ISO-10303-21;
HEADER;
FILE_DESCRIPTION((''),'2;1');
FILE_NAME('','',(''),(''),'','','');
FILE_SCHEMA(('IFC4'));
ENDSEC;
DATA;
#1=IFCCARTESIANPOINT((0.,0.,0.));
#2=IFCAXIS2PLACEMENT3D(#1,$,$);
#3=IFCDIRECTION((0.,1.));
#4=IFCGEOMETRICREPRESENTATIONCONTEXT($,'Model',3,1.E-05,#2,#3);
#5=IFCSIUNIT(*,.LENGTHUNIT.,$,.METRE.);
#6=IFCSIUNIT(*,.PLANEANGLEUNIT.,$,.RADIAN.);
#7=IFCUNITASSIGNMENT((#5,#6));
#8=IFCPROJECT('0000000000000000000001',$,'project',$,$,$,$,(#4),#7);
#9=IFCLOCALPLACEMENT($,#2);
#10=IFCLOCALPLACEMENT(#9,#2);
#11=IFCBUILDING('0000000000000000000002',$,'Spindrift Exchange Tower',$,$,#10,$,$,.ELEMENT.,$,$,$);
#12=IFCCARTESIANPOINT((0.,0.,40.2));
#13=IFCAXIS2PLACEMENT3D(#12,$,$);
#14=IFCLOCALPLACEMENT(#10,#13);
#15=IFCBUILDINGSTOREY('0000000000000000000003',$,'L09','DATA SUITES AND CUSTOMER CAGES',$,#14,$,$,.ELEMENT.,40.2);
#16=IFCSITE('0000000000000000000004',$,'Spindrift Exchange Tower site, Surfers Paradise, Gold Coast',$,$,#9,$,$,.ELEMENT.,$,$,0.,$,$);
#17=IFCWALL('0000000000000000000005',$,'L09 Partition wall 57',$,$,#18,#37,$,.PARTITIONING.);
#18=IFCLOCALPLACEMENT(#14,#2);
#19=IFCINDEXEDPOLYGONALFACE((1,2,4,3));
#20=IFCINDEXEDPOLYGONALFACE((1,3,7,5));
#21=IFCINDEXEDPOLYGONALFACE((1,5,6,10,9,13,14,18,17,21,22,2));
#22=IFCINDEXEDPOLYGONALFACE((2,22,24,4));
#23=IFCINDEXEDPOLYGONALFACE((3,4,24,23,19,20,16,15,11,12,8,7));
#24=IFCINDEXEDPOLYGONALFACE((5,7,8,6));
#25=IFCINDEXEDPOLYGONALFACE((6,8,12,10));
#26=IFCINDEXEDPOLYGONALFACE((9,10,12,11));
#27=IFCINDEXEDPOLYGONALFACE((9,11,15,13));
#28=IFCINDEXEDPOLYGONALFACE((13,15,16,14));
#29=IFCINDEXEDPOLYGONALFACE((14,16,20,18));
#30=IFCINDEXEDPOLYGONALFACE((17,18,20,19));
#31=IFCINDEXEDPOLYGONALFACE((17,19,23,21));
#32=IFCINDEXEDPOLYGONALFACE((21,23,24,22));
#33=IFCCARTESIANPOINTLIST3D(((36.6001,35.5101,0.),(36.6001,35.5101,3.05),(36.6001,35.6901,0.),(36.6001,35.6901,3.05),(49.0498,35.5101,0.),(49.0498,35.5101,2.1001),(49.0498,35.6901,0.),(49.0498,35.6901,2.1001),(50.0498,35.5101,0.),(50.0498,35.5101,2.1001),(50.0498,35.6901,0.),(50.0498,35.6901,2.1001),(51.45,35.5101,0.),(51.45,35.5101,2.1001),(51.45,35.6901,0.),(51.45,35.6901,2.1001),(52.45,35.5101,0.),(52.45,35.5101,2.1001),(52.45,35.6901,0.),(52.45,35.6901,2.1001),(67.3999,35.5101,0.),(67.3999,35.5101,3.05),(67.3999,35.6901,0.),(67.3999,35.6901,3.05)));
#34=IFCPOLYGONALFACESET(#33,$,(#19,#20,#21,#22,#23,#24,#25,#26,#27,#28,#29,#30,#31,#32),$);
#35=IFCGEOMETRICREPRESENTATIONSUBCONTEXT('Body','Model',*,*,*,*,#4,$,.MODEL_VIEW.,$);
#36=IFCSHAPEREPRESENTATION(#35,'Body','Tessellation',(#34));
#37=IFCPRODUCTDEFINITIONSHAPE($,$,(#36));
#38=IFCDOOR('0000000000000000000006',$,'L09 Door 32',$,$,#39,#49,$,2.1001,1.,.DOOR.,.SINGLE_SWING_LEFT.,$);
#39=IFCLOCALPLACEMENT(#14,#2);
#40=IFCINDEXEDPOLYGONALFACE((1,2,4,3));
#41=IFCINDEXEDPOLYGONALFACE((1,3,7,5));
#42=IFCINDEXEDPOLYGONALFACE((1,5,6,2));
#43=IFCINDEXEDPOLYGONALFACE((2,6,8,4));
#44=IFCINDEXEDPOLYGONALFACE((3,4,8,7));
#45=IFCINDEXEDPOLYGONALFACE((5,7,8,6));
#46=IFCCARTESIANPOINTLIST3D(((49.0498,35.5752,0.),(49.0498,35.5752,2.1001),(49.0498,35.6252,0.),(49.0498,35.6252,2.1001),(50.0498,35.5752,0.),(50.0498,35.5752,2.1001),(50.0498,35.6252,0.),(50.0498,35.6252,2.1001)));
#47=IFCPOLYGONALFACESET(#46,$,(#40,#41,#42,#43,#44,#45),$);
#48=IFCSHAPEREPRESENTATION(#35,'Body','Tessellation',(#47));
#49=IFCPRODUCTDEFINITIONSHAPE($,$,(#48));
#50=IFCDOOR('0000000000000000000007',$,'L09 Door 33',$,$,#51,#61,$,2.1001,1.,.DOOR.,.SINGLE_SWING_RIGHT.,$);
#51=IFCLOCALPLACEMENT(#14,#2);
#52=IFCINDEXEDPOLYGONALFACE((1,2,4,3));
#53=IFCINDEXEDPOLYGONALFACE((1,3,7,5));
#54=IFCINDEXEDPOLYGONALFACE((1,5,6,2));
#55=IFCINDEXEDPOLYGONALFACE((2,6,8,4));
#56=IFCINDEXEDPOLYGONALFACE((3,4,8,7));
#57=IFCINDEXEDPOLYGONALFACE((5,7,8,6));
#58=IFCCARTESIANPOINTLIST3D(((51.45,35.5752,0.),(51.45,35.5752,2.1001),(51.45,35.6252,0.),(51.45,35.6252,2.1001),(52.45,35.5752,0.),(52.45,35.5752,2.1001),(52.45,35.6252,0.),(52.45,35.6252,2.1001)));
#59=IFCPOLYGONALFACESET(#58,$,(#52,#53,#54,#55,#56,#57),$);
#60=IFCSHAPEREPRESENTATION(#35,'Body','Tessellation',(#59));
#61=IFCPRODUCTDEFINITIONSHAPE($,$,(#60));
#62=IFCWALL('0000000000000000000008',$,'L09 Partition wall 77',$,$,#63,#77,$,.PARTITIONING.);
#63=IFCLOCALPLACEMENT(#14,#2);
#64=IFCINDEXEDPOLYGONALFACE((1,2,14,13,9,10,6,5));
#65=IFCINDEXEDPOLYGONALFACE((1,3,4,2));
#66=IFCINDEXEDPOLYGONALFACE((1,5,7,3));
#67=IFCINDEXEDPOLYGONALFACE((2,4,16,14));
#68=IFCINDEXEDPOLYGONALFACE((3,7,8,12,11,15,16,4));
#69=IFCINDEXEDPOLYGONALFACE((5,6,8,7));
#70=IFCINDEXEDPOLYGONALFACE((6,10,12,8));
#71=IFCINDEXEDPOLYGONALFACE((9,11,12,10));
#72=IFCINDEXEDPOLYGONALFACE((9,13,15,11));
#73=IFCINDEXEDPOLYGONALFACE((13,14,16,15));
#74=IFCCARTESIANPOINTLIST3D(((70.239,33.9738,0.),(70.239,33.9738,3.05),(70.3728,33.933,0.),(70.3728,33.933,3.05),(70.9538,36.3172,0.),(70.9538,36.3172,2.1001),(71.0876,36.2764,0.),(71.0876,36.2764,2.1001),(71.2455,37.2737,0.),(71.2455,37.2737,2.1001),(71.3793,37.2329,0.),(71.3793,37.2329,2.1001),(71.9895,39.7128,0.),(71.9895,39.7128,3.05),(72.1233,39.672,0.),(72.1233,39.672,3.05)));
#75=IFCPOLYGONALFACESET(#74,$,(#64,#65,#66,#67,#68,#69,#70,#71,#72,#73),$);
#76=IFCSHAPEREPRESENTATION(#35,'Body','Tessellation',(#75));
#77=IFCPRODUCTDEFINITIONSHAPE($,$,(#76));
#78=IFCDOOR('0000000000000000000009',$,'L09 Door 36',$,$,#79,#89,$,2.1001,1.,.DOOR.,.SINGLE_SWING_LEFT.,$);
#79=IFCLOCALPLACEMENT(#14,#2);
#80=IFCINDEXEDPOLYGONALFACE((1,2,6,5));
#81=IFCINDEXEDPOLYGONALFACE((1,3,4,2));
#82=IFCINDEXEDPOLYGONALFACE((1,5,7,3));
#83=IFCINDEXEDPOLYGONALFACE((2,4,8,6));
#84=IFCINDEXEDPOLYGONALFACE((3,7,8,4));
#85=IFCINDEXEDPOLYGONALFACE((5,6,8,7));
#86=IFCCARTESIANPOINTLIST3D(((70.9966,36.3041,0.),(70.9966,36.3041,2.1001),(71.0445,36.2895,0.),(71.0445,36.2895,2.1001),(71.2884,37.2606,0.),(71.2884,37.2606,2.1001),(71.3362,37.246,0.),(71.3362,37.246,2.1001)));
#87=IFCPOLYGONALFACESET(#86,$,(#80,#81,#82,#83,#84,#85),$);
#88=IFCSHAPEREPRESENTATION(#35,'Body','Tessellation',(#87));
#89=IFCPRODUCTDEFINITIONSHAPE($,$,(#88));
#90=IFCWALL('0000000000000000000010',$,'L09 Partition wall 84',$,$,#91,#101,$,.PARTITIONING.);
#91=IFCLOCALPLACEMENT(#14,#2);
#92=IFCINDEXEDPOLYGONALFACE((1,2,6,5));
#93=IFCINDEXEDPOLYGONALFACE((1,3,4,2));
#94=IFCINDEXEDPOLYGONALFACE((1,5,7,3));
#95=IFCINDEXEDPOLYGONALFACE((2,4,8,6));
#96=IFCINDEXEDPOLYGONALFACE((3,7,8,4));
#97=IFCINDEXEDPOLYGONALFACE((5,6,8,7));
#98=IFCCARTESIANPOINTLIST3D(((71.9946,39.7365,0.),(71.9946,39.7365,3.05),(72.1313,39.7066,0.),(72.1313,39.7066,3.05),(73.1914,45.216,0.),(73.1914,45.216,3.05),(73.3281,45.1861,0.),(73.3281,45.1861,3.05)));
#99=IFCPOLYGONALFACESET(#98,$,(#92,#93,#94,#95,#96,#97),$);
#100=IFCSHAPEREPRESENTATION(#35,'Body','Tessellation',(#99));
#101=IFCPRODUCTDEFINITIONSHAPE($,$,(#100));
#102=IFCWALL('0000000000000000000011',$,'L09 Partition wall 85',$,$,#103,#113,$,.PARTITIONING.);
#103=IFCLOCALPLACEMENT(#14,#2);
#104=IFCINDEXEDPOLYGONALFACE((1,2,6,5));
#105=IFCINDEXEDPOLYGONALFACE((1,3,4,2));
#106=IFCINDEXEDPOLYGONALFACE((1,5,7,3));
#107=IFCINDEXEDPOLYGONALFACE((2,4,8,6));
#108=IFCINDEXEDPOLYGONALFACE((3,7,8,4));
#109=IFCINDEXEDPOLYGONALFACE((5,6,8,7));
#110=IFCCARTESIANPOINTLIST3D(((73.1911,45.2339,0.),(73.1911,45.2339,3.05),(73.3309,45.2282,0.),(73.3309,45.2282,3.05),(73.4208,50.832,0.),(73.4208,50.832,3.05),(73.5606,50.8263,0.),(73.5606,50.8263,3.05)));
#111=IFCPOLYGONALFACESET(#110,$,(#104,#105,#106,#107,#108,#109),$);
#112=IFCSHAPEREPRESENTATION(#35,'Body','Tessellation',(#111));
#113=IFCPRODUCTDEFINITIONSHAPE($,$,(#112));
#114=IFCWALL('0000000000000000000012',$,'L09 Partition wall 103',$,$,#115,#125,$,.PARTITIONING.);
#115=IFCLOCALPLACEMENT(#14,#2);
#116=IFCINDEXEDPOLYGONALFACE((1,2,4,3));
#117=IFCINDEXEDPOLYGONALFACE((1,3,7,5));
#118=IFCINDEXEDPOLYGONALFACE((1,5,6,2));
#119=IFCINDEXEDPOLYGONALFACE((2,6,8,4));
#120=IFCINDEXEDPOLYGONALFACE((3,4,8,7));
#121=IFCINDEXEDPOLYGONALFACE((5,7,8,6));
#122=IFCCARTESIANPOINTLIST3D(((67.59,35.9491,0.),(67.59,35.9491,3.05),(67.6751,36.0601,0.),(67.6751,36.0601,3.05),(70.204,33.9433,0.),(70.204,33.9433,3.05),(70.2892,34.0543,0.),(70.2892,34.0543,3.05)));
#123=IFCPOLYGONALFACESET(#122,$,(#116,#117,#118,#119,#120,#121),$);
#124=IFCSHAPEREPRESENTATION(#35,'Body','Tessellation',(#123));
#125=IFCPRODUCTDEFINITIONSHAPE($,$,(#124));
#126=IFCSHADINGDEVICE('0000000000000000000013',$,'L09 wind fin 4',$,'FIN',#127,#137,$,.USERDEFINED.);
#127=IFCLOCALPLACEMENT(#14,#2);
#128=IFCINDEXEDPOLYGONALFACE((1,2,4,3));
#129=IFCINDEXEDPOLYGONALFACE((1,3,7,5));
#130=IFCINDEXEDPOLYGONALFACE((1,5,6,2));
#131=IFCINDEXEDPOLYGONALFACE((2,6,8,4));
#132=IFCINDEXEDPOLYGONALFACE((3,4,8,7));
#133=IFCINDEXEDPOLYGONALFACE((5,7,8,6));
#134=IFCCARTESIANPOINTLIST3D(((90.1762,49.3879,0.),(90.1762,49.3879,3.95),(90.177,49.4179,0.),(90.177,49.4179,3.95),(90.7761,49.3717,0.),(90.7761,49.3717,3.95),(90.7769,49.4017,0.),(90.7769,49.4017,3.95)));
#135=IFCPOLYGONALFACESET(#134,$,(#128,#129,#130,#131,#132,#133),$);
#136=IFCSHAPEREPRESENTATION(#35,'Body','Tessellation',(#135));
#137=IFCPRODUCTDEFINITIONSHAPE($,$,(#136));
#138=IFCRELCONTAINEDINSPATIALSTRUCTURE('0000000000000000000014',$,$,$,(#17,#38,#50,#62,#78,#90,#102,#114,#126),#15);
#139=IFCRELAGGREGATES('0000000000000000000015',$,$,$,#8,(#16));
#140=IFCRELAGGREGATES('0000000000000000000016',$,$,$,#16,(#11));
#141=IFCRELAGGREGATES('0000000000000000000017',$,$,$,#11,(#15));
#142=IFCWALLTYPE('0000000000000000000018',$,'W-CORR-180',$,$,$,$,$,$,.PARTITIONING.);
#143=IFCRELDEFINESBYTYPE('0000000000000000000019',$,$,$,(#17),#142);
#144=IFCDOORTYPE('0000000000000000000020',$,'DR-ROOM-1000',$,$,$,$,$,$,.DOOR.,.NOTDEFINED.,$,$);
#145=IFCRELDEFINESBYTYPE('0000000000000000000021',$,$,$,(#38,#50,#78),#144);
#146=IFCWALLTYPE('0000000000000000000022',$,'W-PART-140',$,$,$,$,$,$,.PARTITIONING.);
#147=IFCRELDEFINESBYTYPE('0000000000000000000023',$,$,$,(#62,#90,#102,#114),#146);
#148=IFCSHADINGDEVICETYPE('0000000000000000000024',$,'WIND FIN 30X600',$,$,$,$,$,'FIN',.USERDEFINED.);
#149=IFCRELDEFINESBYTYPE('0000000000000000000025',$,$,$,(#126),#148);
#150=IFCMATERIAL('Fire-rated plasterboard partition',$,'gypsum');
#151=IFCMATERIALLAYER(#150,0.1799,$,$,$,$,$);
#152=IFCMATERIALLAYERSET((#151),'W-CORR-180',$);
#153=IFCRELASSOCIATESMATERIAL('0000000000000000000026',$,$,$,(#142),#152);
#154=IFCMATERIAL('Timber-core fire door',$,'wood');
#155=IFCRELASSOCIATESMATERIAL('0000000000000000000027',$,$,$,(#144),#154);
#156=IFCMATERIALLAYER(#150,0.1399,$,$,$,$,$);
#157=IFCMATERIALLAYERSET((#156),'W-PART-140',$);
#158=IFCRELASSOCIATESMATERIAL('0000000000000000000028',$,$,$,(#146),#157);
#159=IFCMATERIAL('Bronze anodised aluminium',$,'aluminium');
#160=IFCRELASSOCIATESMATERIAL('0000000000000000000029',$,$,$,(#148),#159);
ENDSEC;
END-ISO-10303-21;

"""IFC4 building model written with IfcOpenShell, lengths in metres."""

from ifc_helpers import new_model, si_unit, direction, frame, frame_2d, origin, origin_2d, place, context, subcontext, project, spatial, rectangle, extrude, source, transform, mapped, material, layer, layer_set, material_profile, profile_set, type_object, element, fill, save


model = new_model("IFC4")

# Units and contexts
model_context = context("Model", 3, precision=1e-05, world=origin(), true_north=direction((0.0, 1.0)))
body_context = subcontext(model_context, "Body", "Model", "MODEL_VIEW")
ifc_project = project(units=[si_unit("LENGTHUNIT", "METRE"), si_unit("PLANEANGLEUNIT", "RADIAN")], contexts=[model_context])

# Site, building, storey
site_placement = place(None, origin())
site = spatial("IfcSite", under=ifc_project, at=site_placement, Name="Spindrift Exchange Tower site, Surfers Paradise, Gold Coast", CompositionType="ELEMENT", RefElevation=0.0)
building_placement = place(site_placement, origin())
building = spatial("IfcBuilding", under=site, at=building_placement, Name="Spindrift Exchange Tower", CompositionType="ELEMENT")
storey_placement = place(building_placement, frame((0.0, 0.0, 40.2)))
storey = spatial("IfcBuildingStorey", under=building, at=storey_placement, Name="L09", Description="DATA SUITES AND CUSTOMER CAGES", CompositionType="ELEMENT", Elevation=40.2)

# Shared definitions
ifc_material_1 = material(Name="Bronze anodised aluminium", Category="aluminium")

# Wall, openings, doors
ifc_material_2 = material(Name="Fire-rated plasterboard partition", Category="gypsum")
ifc_layer_1 = layer(ifc_material_2, 0.1799)
ifc_layer_set_1 = layer_set([ifc_layer_1], Name="W-CORR-180")
wall_type_1 = type_object("IfcWallType", Name="W-CORR-180", PredefinedType="PARTITIONING", material=ifc_layer_set_1)
wall_1_placement = place(storey_placement, frame((67.3999, 35.6001, 0.0), z_axis=(0.0, 0.0, 1.0), x_axis=(-1.0, 0.0, 0.0)))
wall_1 = element("IfcWall", 1, at=wall_1_placement, inside=storey, type_object=wall_type_1, Name="L09 Partition wall 57", PredefinedType="PARTITIONING", context=body_context, shape_type="SweptSolid", body=[
    extrude(rectangle(XDim=30.7998, YDim=0.1799, at=frame_2d((15.3999, 0.0))), origin(), (0.0, 0.0, 1.0), 3.05),
])
opening_1_placement = place(wall_1_placement, frame((17.3501, 0.0, 0.0)))
opening_1 = element("IfcOpeningElement", 2, at=opening_1_placement, cuts=wall_1, PredefinedType="OPENING", context=body_context, shape_type="SweptSolid", body=[
    extrude(rectangle(XDim=1.0, YDim=2.1001, at=frame_2d((0.5, 1.05))), frame((0.0, 0.0999, 0.0), z_axis=(0.0, -1.0, 0.0), x_axis=(1.0, 0.0, 0.0)), (0.0, 0.0, 1.0), 0.2),
])
opening_2_placement = place(wall_1_placement, frame((14.95, 0.0, 0.0)))
opening_2 = element("IfcOpeningElement", 3, at=opening_2_placement, cuts=wall_1, PredefinedType="OPENING", context=body_context, shape_type="SweptSolid", body=[
    extrude(rectangle(XDim=1.0, YDim=2.1001, at=frame_2d((0.5, 1.05))), frame((0.0, 0.0999, 0.0), z_axis=(0.0, -1.0, 0.0), x_axis=(1.0, 0.0, 0.0)), (0.0, 0.0, 1.0), 0.2),
])
ifc_material_3 = material(Name="Timber-core fire door", Category="wood")
door_type = type_object("IfcDoorType", Name="DR-ROOM-1000", OperationType="NOTDEFINED", PredefinedType="DOOR", material=ifc_material_3)
shared_shape_1 = source(origin(), body_context, "Body", "SweptSolid", [
    extrude(rectangle(XDim=1.0, YDim=2.1001, at=frame_2d((0.5, 1.05))), frame((0.0, 0.0249, 0.0), z_axis=(0.0, -1.0, 0.0), x_axis=(1.0, 0.0, 0.0)), (0.0, 0.0, 1.0), 0.05),
])
door_1_placement = place(opening_1_placement, origin())
door_1 = element("IfcDoor", 4, at=door_1_placement, inside=storey, type_object=door_type, Name="L09 Door 32", OperationType="SINGLE_SWING_LEFT", OverallHeight=2.1001, OverallWidth=1.0, PredefinedType="DOOR", context=body_context, shape_type="MappedRepresentation", body=[
    mapped(shared_shape_1, transform((0.0, 0.0, 0.0), scale=1.0)),
])
fill(opening_1, door_1)
door_2_placement = place(opening_2_placement, origin())
door_2 = element("IfcDoor", 5, at=door_2_placement, inside=storey, type_object=door_type, Name="L09 Door 33", OperationType="SINGLE_SWING_RIGHT", OverallHeight=2.1001, OverallWidth=1.0, PredefinedType="DOOR", context=body_context, shape_type="MappedRepresentation", body=[
    mapped(shared_shape_1, transform((0.0, 0.0, 0.0), scale=1.0)),
])
fill(opening_2, door_2)

# Wall, opening, door
ifc_layer_2 = layer(ifc_material_2, 0.1399)
ifc_layer_set_2 = layer_set([ifc_layer_2], Name="W-PART-140")
wall_type_2 = type_object("IfcWallType", Name="W-PART-140", PredefinedType="PARTITIONING", material=ifc_layer_set_2)
wall_2_placement = place(storey_placement, frame((72.0564, 39.6924, 0.0), z_axis=(0.0, 0.0, 1.0), x_axis=(-0.291746, -0.956496, 0.0)))
wall_2 = element("IfcWall", 6, at=wall_2_placement, inside=storey, type_object=wall_type_2, Name="L09 Partition wall 77", PredefinedType="PARTITIONING", context=body_context, shape_type="SweptSolid", body=[
    extrude(rectangle(XDim=6.0, YDim=0.1399, at=frame_2d((3.0, 0.0))), origin(), (0.0, 0.0, 1.0), 3.05),
])
opening_3_placement = place(wall_2_placement, frame((2.55, 0.0, 0.0)))
opening_3 = element("IfcOpeningElement", 7, at=opening_3_placement, cuts=wall_2, PredefinedType="OPENING", context=body_context, shape_type="SweptSolid", body=[
    extrude(rectangle(XDim=1.0, YDim=2.1001, at=frame_2d((0.5, 1.05))), frame((0.0, 0.0798, 0.0), z_axis=(0.0, -1.0, 0.0), x_axis=(1.0, 0.0, 0.0)), (0.0, 0.0, 1.0), 0.1599),
])
door_3_placement = place(opening_3_placement, origin())
door_3 = element("IfcDoor", 8, at=door_3_placement, inside=storey, type_object=door_type, Name="L09 Door 36", OperationType="SINGLE_SWING_LEFT", OverallHeight=2.1001, OverallWidth=1.0, PredefinedType="DOOR", context=body_context, shape_type="MappedRepresentation", body=[
    mapped(shared_shape_1, transform((0.0, 0.0, 0.0), scale=1.0)),
])
fill(opening_3, door_3)

# Walls
wall_3_placement = place(storey_placement, frame((72.063, 39.7217, 0.0), z_axis=(0.0, 0.0, 1.0), x_axis=(0.21338, 0.976969, 0.0)))
element("IfcWall", 9, at=wall_3_placement, inside=storey, type_object=wall_type_2, Name="L09 Partition wall 84", PredefinedType="PARTITIONING", context=body_context, shape_type="SweptSolid", body=[
    extrude(rectangle(XDim=5.6086, YDim=0.1399, at=frame_2d((2.8042, 0.0))), origin(), (0.0, 0.0, 1.0), 3.05),
])
wall_4_placement = place(storey_placement, frame((73.261, 45.2312, 0.0), z_axis=(0.0, 0.0, 1.0), x_axis=(0.041003, 0.999159, 0.0)))
element("IfcWall", 10, at=wall_4_placement, inside=storey, type_object=wall_type_2, Name="L09 Partition wall 85", PredefinedType="PARTITIONING", context=body_context, shape_type="SweptSolid", body=[
    extrude(rectangle(XDim=5.6028, YDim=0.1399, at=frame_2d((2.8013, 0.0))), origin(), (0.0, 0.0, 1.0), 3.05),
])
wall_5_placement = place(storey_placement, frame((67.6326, 36.0046, 0.0), z_axis=(0.0, 0.0, 1.0), x_axis=(0.793345, -0.608772, 0.0)))
element("IfcWall", 11, at=wall_5_placement, inside=storey, type_object=wall_type_2, Name="L09 Partition wall 103", PredefinedType="PARTITIONING", context=body_context, shape_type="SweptSolid", body=[
    extrude(rectangle(XDim=3.2949, YDim=0.1399, at=frame_2d((1.6475, 0.0))), origin(), (0.0, 0.0, 1.0), 3.05),
])

# Shading device
ifc_material_profile_1 = material_profile(ifc_material_1, rectangle(XDim=0.03, YDim=0.6001, at=origin_2d()), Name="WIND FIN 30X600")
ifc_profile_set_1 = profile_set([ifc_material_profile_1], Name="Bronze anodised aluminium")
shading_device_type = type_object("IfcShadingDeviceType", Name="WIND FIN 30X600", ElementType="FIN", PredefinedType="USERDEFINED", material=ifc_profile_set_1)
shared_shape_2 = source(origin(), body_context, "Body", "SweptSolid", [
    extrude(rectangle(XDim=0.03, YDim=0.6001, at=origin_2d()), origin(), (0.0, 0.0, 1.0), 3.95),
])
shading_device_placement = place(storey_placement, frame((90.4766, 49.3948, 0.0), z_axis=(0.0, 0.0, 1.0), x_axis=(0.026955, 0.999637, 0.0)))
element("IfcShadingDevice", 12, at=shading_device_placement, inside=storey, type_object=shading_device_type, Name="L09 wind fin 4", ObjectType="FIN", PredefinedType="USERDEFINED", context=body_context, shape_type="MappedRepresentation", body=[
    mapped(shared_shape_2, transform((0.0, 0.0, 0.0), scale=1.0)),
])

save(model, "model.ifc")
